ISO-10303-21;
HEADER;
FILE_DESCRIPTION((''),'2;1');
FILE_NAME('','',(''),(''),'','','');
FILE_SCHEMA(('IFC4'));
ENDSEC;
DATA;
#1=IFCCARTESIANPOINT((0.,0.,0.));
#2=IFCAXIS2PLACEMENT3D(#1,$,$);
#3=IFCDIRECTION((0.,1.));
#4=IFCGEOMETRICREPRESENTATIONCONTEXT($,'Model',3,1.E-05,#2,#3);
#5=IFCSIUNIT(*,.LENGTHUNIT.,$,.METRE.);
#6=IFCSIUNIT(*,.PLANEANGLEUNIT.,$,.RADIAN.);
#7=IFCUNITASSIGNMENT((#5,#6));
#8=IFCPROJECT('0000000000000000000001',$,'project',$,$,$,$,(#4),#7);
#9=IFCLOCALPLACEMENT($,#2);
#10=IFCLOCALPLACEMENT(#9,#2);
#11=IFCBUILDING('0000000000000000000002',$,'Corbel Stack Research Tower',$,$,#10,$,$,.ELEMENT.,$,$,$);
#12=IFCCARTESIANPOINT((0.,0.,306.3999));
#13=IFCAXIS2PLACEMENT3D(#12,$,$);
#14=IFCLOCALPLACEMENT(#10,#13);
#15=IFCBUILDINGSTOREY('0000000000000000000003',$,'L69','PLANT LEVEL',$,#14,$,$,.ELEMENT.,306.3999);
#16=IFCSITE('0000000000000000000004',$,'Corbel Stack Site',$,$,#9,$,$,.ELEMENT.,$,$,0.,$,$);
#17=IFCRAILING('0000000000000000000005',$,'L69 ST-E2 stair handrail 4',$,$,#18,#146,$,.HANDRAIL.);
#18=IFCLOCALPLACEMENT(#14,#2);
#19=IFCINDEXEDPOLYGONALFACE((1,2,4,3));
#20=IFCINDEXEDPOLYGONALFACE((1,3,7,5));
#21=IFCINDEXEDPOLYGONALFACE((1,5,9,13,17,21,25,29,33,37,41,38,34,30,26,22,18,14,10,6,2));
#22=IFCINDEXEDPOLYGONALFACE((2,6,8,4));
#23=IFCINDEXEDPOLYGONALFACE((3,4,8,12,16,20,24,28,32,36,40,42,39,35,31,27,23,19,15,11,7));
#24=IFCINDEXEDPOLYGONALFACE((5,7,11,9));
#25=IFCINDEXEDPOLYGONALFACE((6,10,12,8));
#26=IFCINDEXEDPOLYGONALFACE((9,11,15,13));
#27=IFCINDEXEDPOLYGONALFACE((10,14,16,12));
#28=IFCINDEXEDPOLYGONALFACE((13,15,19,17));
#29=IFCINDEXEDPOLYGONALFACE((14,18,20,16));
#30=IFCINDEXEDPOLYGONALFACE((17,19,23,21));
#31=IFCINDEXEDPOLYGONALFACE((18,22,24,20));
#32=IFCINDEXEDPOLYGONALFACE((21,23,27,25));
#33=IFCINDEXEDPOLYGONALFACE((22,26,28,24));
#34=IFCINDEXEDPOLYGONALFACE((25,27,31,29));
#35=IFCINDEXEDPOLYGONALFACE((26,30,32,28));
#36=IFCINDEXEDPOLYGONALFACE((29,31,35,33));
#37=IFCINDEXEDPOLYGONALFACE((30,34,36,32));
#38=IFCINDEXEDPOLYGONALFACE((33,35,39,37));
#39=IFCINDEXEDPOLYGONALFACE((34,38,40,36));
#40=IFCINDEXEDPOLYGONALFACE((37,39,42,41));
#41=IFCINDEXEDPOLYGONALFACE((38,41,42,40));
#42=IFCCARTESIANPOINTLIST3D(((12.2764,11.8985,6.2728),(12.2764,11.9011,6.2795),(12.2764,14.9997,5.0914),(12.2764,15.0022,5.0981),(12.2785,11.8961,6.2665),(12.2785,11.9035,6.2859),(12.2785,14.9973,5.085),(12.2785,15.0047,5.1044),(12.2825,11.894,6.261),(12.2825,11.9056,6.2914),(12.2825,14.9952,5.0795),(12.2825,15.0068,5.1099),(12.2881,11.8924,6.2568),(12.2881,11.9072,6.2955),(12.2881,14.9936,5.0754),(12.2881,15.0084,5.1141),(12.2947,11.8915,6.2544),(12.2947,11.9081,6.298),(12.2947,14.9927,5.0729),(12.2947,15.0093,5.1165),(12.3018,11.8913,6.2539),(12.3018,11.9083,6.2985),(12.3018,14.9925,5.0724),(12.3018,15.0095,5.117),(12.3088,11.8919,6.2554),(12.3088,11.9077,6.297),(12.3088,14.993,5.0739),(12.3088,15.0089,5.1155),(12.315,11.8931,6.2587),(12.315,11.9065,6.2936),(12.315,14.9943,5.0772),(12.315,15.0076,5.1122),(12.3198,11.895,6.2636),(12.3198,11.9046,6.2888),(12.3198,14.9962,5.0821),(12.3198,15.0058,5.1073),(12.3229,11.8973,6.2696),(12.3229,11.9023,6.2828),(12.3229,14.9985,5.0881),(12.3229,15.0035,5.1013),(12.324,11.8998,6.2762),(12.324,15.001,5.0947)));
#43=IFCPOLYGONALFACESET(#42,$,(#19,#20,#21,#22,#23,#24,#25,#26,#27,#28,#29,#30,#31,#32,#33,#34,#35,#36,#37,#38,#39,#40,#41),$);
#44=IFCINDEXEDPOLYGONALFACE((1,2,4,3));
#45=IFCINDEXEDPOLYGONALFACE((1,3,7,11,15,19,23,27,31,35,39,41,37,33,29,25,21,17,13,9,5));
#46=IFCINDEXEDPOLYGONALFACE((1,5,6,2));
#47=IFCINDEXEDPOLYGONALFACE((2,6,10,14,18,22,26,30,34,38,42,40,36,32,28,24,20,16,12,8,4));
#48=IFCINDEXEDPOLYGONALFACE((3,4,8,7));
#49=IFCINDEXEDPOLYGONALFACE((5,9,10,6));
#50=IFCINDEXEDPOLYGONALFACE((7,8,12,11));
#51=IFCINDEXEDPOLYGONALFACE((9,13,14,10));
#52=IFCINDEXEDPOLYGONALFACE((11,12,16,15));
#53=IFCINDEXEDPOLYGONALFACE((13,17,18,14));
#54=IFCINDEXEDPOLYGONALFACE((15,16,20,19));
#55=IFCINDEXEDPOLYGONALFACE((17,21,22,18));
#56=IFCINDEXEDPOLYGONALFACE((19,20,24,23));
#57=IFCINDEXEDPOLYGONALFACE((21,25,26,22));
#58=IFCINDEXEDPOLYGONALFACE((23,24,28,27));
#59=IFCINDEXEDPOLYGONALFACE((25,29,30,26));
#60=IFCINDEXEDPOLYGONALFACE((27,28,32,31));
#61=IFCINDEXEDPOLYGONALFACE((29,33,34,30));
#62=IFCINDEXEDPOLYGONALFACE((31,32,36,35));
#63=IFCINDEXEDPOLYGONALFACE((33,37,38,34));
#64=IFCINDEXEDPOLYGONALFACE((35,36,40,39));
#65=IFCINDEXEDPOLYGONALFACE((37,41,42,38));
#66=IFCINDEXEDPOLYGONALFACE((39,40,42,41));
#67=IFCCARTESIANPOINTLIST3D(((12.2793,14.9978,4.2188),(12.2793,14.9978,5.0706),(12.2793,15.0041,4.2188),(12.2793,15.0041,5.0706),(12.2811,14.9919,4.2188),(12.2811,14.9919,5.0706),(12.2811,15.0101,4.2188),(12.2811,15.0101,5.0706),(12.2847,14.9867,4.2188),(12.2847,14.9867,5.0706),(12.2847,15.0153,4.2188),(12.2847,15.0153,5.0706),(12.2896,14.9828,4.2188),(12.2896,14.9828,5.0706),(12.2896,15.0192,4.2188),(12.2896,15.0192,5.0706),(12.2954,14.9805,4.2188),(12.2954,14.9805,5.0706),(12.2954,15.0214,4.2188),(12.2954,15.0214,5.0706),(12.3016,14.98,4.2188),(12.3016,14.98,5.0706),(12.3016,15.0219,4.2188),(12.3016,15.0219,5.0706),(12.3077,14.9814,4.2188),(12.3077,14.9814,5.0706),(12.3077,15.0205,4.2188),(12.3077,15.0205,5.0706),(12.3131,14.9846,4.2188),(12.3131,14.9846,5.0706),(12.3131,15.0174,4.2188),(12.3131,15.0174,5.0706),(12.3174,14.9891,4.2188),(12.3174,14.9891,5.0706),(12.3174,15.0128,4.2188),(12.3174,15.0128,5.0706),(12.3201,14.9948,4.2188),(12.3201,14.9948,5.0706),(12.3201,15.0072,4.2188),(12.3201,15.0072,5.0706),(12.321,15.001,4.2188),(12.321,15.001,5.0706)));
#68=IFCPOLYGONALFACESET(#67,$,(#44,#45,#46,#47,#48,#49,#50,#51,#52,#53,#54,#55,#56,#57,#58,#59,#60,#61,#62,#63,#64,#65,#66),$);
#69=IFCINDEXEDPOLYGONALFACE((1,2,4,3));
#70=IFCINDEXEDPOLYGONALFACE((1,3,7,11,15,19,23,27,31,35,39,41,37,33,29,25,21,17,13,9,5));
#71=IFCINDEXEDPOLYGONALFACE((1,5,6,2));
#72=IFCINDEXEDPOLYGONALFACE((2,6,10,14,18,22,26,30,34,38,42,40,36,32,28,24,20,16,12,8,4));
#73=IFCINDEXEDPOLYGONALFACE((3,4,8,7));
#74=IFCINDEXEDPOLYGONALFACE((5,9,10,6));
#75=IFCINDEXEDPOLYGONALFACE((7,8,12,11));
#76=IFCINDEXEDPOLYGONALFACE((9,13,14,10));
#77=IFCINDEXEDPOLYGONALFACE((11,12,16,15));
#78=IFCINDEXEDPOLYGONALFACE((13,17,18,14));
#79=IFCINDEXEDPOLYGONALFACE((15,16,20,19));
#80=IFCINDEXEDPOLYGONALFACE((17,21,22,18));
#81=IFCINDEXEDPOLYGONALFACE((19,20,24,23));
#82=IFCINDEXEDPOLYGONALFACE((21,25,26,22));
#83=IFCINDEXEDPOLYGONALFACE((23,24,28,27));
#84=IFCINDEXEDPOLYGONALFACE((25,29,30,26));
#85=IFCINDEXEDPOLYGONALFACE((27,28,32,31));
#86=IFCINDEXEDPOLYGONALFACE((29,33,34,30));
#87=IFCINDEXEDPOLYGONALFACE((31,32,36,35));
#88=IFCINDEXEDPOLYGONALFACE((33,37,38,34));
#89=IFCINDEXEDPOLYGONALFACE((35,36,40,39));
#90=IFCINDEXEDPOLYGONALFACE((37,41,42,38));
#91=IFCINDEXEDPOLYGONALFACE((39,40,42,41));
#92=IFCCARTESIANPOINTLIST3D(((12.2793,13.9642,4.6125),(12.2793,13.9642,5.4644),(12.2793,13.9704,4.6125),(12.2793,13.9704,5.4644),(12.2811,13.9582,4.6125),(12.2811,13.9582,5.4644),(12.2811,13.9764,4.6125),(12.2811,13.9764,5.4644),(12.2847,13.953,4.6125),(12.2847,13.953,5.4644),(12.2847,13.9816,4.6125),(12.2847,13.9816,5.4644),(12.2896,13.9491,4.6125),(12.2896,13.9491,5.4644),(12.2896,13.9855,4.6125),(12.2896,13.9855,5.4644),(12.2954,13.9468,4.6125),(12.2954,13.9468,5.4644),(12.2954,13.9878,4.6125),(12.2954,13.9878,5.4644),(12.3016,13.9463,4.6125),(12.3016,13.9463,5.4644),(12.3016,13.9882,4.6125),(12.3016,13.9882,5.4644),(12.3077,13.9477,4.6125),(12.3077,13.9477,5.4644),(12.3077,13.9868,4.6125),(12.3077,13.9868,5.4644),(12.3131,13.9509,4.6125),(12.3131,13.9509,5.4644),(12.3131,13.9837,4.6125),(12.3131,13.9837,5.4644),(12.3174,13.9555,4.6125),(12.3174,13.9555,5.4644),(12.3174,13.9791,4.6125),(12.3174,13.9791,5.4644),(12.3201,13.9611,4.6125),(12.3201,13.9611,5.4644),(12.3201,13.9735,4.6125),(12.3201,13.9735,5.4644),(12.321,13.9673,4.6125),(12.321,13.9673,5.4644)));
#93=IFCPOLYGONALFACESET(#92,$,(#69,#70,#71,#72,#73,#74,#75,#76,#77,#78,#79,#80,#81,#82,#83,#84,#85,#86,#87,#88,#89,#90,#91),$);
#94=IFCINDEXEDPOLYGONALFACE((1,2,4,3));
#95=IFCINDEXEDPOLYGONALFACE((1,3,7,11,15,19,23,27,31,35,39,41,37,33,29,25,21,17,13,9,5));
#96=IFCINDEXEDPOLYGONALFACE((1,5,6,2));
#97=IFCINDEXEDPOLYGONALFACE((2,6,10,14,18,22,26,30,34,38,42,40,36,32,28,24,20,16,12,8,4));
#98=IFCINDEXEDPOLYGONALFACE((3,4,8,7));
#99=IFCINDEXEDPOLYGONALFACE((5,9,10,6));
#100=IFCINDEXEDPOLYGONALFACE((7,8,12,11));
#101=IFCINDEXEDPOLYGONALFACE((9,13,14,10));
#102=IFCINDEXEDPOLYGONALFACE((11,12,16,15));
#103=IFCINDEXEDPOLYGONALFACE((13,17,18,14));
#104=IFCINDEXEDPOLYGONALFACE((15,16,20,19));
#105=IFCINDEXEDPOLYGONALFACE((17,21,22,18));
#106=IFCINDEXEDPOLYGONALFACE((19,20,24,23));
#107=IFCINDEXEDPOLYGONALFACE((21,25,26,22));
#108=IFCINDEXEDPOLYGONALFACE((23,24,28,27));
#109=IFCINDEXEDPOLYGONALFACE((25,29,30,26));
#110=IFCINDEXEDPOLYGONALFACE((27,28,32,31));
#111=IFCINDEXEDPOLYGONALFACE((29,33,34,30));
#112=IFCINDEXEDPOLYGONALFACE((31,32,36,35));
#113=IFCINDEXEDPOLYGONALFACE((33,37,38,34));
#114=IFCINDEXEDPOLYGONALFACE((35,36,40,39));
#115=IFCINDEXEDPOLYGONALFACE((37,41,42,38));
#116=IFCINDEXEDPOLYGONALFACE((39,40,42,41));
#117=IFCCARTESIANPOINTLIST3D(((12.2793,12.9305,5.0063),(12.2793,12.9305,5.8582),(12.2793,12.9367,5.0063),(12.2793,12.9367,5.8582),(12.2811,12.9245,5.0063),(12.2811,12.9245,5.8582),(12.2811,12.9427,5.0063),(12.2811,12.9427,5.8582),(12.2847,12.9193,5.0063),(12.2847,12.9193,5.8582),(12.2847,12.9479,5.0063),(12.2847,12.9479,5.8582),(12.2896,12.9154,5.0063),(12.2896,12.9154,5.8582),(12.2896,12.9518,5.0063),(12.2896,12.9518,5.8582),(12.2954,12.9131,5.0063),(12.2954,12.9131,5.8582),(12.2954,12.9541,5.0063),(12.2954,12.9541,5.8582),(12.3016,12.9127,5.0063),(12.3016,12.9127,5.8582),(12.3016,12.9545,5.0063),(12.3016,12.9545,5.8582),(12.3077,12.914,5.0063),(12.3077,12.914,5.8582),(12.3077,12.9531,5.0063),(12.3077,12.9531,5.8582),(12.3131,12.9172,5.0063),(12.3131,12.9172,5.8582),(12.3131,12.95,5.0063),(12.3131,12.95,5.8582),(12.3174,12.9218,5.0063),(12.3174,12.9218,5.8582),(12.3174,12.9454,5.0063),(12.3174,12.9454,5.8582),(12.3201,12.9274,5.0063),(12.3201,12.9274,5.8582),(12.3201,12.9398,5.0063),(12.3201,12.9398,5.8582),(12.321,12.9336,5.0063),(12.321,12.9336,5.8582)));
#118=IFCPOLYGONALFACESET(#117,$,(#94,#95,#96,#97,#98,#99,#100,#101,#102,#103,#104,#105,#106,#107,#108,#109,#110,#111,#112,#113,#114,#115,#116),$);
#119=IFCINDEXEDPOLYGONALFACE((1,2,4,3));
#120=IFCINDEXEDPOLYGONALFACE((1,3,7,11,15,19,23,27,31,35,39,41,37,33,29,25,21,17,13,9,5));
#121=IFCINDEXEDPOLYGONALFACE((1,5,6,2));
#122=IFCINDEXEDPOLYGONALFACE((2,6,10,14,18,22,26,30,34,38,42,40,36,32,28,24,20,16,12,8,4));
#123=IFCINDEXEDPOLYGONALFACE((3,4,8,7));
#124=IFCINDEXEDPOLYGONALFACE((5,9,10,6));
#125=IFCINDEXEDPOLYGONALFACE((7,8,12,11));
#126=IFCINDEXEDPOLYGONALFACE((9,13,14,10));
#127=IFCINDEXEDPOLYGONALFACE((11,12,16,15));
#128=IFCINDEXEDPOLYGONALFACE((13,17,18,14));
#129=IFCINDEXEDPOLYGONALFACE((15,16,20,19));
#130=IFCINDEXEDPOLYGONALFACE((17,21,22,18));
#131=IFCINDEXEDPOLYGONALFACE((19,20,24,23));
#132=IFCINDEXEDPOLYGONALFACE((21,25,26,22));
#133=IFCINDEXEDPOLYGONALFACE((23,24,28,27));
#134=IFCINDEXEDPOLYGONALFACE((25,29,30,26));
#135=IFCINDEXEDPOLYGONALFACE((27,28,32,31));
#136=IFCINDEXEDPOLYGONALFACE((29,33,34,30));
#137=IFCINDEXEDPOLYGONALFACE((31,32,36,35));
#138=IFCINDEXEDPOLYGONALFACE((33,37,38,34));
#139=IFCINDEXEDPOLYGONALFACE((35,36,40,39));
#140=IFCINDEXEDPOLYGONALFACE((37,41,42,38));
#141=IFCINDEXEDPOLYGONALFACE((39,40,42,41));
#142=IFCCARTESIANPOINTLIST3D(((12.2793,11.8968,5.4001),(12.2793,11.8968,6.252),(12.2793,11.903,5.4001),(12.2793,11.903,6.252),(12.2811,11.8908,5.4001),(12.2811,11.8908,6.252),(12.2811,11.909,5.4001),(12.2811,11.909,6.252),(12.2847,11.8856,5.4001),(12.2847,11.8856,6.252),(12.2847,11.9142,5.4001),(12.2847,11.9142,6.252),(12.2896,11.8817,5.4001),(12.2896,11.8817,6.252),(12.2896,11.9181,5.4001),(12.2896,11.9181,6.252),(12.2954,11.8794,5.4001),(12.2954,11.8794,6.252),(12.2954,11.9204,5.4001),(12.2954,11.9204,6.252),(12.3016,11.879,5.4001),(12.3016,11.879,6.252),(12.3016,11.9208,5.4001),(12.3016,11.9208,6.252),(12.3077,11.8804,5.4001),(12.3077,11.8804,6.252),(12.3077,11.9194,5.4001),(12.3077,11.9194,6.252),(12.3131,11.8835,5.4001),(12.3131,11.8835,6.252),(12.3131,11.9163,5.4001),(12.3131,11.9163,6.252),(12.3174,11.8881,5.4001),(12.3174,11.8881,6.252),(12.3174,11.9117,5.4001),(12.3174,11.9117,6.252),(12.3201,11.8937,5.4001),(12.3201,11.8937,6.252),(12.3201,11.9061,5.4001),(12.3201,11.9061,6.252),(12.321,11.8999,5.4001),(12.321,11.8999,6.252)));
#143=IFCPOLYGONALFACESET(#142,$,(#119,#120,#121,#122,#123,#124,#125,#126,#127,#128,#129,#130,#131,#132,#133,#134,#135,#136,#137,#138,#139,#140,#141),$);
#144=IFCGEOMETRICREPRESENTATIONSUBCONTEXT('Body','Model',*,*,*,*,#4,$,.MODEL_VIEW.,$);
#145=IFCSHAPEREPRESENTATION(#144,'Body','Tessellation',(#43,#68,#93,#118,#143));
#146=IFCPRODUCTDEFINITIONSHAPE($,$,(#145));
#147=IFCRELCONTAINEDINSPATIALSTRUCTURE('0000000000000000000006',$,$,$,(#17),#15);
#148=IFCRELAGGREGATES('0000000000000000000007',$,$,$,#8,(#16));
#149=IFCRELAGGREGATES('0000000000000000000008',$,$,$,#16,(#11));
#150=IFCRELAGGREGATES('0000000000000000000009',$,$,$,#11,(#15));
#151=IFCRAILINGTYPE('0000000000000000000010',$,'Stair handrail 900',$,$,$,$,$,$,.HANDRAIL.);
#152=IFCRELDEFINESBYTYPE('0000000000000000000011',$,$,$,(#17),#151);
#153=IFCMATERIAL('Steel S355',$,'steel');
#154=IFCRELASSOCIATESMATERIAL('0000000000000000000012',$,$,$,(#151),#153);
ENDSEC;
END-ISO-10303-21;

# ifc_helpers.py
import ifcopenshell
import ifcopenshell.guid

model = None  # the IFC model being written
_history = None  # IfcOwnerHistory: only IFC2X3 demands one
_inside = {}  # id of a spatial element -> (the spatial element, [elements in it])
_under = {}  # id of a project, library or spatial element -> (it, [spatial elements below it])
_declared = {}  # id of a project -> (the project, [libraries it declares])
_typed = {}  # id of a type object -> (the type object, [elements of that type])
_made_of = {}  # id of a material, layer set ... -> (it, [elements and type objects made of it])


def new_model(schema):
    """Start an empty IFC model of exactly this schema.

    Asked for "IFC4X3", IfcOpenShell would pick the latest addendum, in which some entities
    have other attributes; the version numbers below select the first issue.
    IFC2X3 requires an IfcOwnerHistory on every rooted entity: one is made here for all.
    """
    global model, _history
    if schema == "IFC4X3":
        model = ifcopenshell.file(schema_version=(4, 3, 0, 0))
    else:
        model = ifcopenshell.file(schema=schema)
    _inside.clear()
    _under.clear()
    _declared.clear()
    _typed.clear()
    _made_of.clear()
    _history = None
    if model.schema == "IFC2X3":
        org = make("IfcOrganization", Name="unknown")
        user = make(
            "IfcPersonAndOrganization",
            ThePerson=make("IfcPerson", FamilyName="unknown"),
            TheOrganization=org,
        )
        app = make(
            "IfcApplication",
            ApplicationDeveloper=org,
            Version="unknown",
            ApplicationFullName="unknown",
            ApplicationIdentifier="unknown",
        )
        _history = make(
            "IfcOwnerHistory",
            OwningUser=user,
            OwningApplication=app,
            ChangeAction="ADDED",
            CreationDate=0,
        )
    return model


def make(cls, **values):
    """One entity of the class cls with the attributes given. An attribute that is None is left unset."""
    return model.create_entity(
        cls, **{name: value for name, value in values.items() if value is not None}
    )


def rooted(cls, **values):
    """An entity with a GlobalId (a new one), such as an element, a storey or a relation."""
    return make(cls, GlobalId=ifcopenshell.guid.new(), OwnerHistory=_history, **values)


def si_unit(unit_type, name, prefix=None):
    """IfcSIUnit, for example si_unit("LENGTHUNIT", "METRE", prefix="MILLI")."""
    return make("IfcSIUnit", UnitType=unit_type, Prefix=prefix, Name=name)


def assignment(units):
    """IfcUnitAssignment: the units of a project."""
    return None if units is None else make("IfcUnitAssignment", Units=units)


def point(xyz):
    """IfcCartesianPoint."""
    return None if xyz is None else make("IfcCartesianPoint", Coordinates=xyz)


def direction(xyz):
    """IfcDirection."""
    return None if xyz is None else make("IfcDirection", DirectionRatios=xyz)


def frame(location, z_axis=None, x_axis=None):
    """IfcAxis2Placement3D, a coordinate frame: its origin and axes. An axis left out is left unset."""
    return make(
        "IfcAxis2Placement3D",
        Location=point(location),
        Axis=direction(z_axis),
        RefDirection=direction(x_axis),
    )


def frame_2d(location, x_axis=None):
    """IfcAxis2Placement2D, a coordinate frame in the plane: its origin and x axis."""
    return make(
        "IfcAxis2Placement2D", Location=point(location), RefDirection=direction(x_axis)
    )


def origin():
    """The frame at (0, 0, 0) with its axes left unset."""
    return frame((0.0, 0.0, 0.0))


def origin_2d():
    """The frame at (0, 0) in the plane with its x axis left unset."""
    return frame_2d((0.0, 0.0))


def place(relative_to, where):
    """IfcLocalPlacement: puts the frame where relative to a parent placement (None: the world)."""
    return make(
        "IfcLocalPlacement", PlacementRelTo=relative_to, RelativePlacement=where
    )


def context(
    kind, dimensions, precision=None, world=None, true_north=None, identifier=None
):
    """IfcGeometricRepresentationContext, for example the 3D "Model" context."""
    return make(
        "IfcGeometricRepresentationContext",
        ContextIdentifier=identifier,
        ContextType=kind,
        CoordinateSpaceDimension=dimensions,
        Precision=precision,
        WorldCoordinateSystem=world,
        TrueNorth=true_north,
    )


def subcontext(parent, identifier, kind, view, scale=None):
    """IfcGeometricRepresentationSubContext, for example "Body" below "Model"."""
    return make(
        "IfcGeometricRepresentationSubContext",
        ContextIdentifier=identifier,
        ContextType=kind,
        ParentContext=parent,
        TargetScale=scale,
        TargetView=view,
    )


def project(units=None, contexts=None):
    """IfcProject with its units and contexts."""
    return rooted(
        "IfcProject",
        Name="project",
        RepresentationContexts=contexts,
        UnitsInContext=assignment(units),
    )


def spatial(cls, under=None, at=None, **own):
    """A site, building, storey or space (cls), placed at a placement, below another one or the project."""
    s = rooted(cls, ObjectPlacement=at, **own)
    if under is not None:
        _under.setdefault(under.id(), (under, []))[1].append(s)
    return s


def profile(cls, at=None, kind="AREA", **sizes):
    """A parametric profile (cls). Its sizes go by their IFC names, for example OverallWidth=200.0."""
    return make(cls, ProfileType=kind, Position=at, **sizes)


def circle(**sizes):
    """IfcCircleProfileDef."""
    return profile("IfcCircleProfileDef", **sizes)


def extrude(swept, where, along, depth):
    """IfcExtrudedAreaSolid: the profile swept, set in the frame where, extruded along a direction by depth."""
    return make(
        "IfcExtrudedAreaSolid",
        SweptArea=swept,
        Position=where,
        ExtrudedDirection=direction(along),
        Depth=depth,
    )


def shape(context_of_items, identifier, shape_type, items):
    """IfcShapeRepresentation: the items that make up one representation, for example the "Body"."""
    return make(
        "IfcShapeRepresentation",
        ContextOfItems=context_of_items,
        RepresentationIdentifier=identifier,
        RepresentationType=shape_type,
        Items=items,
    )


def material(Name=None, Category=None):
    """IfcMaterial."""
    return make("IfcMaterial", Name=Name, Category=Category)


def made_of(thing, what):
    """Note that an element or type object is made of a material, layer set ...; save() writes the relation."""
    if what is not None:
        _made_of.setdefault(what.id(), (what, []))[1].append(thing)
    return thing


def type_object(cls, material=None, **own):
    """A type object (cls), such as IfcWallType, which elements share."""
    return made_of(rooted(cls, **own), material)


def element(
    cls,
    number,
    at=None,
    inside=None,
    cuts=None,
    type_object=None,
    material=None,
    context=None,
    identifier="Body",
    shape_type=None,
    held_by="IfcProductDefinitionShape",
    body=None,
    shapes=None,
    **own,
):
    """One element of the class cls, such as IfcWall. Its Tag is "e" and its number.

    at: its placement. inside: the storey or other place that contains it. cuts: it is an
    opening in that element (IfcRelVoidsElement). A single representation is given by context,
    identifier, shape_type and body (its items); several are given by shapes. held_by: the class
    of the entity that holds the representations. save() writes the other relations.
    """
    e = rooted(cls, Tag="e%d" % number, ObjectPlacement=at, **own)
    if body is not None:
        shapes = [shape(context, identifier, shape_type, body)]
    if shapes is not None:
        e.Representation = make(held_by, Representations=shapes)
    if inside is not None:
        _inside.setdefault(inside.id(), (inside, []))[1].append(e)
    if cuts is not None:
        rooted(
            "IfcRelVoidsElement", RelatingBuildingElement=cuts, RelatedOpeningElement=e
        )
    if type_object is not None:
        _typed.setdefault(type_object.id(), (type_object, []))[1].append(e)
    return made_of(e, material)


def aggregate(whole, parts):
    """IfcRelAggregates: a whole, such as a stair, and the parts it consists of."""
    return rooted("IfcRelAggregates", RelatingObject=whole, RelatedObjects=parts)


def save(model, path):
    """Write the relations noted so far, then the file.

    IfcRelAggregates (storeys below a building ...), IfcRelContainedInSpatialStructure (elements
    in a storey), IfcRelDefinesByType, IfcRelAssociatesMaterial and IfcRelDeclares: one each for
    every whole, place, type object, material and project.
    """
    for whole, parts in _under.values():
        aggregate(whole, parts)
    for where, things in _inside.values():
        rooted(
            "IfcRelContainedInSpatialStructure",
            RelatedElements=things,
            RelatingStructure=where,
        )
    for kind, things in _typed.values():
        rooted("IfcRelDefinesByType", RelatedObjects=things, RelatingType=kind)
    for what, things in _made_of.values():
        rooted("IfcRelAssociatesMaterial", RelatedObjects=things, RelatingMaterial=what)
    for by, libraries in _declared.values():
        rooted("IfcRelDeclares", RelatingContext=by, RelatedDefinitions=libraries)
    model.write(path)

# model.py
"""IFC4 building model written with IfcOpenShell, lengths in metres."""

from ifc_helpers import new_model, si_unit, direction, frame, origin, origin_2d, place, context, subcontext, project, spatial, circle, extrude, material, type_object, element, save


model = new_model("IFC4")

# Units and contexts
model_context = context("Model", 3, precision=1e-05, world=origin(), true_north=direction((0.0, 1.0)))
body_context = subcontext(model_context, "Body", "Model", "MODEL_VIEW")
ifc_project = project(units=[si_unit("LENGTHUNIT", "METRE"), si_unit("PLANEANGLEUNIT", "RADIAN")], contexts=[model_context])

# Site, building, storey
site_placement = place(None, origin())
site = spatial("IfcSite", under=ifc_project, at=site_placement, Name="Corbel Stack Site", CompositionType="ELEMENT", RefElevation=0.0)
building_placement = place(site_placement, origin())
building = spatial("IfcBuilding", under=site, at=building_placement, Name="Corbel Stack Research Tower", CompositionType="ELEMENT")
storey_placement = place(building_placement, frame((0.0, 0.0, 306.3999)))
storey = spatial("IfcBuildingStorey", under=building, at=storey_placement, Name="L69", Description="PLANT LEVEL", CompositionType="ELEMENT", Elevation=306.3999)

# Railing
ifc_material_1 = material(Name="Steel S355", Category="steel")
railing_type_1 = type_object("IfcRailingType", Name="Stair handrail 900", PredefinedType="HANDRAIL", material=ifc_material_1)
railing_1_placement = place(storey_placement, frame((12.3, 15.001, 4.2188)))
element("IfcRailing", 1, at=railing_1_placement, inside=storey, type_object=railing_type_1, Name="L69 ST-E2 stair handrail 4", PredefinedType="HANDRAIL", context=body_context, shape_type="SweptSolid", body=[
    extrude(circle(Radius=0.0239, at=origin_2d()), frame((0.0, 0.0, 0.876), z_axis=(0.0, -0.934484, 0.356005), x_axis=(1.0, 0.0, 0.0)), (0.0, 0.0, 1.0), 3.3186),
    extrude(circle(Radius=0.021, at=origin_2d()), origin(), (0.0, 0.0, 1.0), 0.8518),
    extrude(circle(Radius=0.021, at=origin_2d()), frame((0.0, -1.0337, 0.3938)), (0.0, 0.0, 1.0), 0.8518),
    extrude(circle(Radius=0.021, at=origin_2d()), frame((0.0, -2.0674, 0.7876)), (0.0, 0.0, 1.0), 0.8518),
    extrude(circle(Radius=0.021, at=origin_2d()), frame((0.0, -3.1011, 1.1814)), (0.0, 0.0, 1.0), 0.8518),
])

save(model, "model.ifc")
